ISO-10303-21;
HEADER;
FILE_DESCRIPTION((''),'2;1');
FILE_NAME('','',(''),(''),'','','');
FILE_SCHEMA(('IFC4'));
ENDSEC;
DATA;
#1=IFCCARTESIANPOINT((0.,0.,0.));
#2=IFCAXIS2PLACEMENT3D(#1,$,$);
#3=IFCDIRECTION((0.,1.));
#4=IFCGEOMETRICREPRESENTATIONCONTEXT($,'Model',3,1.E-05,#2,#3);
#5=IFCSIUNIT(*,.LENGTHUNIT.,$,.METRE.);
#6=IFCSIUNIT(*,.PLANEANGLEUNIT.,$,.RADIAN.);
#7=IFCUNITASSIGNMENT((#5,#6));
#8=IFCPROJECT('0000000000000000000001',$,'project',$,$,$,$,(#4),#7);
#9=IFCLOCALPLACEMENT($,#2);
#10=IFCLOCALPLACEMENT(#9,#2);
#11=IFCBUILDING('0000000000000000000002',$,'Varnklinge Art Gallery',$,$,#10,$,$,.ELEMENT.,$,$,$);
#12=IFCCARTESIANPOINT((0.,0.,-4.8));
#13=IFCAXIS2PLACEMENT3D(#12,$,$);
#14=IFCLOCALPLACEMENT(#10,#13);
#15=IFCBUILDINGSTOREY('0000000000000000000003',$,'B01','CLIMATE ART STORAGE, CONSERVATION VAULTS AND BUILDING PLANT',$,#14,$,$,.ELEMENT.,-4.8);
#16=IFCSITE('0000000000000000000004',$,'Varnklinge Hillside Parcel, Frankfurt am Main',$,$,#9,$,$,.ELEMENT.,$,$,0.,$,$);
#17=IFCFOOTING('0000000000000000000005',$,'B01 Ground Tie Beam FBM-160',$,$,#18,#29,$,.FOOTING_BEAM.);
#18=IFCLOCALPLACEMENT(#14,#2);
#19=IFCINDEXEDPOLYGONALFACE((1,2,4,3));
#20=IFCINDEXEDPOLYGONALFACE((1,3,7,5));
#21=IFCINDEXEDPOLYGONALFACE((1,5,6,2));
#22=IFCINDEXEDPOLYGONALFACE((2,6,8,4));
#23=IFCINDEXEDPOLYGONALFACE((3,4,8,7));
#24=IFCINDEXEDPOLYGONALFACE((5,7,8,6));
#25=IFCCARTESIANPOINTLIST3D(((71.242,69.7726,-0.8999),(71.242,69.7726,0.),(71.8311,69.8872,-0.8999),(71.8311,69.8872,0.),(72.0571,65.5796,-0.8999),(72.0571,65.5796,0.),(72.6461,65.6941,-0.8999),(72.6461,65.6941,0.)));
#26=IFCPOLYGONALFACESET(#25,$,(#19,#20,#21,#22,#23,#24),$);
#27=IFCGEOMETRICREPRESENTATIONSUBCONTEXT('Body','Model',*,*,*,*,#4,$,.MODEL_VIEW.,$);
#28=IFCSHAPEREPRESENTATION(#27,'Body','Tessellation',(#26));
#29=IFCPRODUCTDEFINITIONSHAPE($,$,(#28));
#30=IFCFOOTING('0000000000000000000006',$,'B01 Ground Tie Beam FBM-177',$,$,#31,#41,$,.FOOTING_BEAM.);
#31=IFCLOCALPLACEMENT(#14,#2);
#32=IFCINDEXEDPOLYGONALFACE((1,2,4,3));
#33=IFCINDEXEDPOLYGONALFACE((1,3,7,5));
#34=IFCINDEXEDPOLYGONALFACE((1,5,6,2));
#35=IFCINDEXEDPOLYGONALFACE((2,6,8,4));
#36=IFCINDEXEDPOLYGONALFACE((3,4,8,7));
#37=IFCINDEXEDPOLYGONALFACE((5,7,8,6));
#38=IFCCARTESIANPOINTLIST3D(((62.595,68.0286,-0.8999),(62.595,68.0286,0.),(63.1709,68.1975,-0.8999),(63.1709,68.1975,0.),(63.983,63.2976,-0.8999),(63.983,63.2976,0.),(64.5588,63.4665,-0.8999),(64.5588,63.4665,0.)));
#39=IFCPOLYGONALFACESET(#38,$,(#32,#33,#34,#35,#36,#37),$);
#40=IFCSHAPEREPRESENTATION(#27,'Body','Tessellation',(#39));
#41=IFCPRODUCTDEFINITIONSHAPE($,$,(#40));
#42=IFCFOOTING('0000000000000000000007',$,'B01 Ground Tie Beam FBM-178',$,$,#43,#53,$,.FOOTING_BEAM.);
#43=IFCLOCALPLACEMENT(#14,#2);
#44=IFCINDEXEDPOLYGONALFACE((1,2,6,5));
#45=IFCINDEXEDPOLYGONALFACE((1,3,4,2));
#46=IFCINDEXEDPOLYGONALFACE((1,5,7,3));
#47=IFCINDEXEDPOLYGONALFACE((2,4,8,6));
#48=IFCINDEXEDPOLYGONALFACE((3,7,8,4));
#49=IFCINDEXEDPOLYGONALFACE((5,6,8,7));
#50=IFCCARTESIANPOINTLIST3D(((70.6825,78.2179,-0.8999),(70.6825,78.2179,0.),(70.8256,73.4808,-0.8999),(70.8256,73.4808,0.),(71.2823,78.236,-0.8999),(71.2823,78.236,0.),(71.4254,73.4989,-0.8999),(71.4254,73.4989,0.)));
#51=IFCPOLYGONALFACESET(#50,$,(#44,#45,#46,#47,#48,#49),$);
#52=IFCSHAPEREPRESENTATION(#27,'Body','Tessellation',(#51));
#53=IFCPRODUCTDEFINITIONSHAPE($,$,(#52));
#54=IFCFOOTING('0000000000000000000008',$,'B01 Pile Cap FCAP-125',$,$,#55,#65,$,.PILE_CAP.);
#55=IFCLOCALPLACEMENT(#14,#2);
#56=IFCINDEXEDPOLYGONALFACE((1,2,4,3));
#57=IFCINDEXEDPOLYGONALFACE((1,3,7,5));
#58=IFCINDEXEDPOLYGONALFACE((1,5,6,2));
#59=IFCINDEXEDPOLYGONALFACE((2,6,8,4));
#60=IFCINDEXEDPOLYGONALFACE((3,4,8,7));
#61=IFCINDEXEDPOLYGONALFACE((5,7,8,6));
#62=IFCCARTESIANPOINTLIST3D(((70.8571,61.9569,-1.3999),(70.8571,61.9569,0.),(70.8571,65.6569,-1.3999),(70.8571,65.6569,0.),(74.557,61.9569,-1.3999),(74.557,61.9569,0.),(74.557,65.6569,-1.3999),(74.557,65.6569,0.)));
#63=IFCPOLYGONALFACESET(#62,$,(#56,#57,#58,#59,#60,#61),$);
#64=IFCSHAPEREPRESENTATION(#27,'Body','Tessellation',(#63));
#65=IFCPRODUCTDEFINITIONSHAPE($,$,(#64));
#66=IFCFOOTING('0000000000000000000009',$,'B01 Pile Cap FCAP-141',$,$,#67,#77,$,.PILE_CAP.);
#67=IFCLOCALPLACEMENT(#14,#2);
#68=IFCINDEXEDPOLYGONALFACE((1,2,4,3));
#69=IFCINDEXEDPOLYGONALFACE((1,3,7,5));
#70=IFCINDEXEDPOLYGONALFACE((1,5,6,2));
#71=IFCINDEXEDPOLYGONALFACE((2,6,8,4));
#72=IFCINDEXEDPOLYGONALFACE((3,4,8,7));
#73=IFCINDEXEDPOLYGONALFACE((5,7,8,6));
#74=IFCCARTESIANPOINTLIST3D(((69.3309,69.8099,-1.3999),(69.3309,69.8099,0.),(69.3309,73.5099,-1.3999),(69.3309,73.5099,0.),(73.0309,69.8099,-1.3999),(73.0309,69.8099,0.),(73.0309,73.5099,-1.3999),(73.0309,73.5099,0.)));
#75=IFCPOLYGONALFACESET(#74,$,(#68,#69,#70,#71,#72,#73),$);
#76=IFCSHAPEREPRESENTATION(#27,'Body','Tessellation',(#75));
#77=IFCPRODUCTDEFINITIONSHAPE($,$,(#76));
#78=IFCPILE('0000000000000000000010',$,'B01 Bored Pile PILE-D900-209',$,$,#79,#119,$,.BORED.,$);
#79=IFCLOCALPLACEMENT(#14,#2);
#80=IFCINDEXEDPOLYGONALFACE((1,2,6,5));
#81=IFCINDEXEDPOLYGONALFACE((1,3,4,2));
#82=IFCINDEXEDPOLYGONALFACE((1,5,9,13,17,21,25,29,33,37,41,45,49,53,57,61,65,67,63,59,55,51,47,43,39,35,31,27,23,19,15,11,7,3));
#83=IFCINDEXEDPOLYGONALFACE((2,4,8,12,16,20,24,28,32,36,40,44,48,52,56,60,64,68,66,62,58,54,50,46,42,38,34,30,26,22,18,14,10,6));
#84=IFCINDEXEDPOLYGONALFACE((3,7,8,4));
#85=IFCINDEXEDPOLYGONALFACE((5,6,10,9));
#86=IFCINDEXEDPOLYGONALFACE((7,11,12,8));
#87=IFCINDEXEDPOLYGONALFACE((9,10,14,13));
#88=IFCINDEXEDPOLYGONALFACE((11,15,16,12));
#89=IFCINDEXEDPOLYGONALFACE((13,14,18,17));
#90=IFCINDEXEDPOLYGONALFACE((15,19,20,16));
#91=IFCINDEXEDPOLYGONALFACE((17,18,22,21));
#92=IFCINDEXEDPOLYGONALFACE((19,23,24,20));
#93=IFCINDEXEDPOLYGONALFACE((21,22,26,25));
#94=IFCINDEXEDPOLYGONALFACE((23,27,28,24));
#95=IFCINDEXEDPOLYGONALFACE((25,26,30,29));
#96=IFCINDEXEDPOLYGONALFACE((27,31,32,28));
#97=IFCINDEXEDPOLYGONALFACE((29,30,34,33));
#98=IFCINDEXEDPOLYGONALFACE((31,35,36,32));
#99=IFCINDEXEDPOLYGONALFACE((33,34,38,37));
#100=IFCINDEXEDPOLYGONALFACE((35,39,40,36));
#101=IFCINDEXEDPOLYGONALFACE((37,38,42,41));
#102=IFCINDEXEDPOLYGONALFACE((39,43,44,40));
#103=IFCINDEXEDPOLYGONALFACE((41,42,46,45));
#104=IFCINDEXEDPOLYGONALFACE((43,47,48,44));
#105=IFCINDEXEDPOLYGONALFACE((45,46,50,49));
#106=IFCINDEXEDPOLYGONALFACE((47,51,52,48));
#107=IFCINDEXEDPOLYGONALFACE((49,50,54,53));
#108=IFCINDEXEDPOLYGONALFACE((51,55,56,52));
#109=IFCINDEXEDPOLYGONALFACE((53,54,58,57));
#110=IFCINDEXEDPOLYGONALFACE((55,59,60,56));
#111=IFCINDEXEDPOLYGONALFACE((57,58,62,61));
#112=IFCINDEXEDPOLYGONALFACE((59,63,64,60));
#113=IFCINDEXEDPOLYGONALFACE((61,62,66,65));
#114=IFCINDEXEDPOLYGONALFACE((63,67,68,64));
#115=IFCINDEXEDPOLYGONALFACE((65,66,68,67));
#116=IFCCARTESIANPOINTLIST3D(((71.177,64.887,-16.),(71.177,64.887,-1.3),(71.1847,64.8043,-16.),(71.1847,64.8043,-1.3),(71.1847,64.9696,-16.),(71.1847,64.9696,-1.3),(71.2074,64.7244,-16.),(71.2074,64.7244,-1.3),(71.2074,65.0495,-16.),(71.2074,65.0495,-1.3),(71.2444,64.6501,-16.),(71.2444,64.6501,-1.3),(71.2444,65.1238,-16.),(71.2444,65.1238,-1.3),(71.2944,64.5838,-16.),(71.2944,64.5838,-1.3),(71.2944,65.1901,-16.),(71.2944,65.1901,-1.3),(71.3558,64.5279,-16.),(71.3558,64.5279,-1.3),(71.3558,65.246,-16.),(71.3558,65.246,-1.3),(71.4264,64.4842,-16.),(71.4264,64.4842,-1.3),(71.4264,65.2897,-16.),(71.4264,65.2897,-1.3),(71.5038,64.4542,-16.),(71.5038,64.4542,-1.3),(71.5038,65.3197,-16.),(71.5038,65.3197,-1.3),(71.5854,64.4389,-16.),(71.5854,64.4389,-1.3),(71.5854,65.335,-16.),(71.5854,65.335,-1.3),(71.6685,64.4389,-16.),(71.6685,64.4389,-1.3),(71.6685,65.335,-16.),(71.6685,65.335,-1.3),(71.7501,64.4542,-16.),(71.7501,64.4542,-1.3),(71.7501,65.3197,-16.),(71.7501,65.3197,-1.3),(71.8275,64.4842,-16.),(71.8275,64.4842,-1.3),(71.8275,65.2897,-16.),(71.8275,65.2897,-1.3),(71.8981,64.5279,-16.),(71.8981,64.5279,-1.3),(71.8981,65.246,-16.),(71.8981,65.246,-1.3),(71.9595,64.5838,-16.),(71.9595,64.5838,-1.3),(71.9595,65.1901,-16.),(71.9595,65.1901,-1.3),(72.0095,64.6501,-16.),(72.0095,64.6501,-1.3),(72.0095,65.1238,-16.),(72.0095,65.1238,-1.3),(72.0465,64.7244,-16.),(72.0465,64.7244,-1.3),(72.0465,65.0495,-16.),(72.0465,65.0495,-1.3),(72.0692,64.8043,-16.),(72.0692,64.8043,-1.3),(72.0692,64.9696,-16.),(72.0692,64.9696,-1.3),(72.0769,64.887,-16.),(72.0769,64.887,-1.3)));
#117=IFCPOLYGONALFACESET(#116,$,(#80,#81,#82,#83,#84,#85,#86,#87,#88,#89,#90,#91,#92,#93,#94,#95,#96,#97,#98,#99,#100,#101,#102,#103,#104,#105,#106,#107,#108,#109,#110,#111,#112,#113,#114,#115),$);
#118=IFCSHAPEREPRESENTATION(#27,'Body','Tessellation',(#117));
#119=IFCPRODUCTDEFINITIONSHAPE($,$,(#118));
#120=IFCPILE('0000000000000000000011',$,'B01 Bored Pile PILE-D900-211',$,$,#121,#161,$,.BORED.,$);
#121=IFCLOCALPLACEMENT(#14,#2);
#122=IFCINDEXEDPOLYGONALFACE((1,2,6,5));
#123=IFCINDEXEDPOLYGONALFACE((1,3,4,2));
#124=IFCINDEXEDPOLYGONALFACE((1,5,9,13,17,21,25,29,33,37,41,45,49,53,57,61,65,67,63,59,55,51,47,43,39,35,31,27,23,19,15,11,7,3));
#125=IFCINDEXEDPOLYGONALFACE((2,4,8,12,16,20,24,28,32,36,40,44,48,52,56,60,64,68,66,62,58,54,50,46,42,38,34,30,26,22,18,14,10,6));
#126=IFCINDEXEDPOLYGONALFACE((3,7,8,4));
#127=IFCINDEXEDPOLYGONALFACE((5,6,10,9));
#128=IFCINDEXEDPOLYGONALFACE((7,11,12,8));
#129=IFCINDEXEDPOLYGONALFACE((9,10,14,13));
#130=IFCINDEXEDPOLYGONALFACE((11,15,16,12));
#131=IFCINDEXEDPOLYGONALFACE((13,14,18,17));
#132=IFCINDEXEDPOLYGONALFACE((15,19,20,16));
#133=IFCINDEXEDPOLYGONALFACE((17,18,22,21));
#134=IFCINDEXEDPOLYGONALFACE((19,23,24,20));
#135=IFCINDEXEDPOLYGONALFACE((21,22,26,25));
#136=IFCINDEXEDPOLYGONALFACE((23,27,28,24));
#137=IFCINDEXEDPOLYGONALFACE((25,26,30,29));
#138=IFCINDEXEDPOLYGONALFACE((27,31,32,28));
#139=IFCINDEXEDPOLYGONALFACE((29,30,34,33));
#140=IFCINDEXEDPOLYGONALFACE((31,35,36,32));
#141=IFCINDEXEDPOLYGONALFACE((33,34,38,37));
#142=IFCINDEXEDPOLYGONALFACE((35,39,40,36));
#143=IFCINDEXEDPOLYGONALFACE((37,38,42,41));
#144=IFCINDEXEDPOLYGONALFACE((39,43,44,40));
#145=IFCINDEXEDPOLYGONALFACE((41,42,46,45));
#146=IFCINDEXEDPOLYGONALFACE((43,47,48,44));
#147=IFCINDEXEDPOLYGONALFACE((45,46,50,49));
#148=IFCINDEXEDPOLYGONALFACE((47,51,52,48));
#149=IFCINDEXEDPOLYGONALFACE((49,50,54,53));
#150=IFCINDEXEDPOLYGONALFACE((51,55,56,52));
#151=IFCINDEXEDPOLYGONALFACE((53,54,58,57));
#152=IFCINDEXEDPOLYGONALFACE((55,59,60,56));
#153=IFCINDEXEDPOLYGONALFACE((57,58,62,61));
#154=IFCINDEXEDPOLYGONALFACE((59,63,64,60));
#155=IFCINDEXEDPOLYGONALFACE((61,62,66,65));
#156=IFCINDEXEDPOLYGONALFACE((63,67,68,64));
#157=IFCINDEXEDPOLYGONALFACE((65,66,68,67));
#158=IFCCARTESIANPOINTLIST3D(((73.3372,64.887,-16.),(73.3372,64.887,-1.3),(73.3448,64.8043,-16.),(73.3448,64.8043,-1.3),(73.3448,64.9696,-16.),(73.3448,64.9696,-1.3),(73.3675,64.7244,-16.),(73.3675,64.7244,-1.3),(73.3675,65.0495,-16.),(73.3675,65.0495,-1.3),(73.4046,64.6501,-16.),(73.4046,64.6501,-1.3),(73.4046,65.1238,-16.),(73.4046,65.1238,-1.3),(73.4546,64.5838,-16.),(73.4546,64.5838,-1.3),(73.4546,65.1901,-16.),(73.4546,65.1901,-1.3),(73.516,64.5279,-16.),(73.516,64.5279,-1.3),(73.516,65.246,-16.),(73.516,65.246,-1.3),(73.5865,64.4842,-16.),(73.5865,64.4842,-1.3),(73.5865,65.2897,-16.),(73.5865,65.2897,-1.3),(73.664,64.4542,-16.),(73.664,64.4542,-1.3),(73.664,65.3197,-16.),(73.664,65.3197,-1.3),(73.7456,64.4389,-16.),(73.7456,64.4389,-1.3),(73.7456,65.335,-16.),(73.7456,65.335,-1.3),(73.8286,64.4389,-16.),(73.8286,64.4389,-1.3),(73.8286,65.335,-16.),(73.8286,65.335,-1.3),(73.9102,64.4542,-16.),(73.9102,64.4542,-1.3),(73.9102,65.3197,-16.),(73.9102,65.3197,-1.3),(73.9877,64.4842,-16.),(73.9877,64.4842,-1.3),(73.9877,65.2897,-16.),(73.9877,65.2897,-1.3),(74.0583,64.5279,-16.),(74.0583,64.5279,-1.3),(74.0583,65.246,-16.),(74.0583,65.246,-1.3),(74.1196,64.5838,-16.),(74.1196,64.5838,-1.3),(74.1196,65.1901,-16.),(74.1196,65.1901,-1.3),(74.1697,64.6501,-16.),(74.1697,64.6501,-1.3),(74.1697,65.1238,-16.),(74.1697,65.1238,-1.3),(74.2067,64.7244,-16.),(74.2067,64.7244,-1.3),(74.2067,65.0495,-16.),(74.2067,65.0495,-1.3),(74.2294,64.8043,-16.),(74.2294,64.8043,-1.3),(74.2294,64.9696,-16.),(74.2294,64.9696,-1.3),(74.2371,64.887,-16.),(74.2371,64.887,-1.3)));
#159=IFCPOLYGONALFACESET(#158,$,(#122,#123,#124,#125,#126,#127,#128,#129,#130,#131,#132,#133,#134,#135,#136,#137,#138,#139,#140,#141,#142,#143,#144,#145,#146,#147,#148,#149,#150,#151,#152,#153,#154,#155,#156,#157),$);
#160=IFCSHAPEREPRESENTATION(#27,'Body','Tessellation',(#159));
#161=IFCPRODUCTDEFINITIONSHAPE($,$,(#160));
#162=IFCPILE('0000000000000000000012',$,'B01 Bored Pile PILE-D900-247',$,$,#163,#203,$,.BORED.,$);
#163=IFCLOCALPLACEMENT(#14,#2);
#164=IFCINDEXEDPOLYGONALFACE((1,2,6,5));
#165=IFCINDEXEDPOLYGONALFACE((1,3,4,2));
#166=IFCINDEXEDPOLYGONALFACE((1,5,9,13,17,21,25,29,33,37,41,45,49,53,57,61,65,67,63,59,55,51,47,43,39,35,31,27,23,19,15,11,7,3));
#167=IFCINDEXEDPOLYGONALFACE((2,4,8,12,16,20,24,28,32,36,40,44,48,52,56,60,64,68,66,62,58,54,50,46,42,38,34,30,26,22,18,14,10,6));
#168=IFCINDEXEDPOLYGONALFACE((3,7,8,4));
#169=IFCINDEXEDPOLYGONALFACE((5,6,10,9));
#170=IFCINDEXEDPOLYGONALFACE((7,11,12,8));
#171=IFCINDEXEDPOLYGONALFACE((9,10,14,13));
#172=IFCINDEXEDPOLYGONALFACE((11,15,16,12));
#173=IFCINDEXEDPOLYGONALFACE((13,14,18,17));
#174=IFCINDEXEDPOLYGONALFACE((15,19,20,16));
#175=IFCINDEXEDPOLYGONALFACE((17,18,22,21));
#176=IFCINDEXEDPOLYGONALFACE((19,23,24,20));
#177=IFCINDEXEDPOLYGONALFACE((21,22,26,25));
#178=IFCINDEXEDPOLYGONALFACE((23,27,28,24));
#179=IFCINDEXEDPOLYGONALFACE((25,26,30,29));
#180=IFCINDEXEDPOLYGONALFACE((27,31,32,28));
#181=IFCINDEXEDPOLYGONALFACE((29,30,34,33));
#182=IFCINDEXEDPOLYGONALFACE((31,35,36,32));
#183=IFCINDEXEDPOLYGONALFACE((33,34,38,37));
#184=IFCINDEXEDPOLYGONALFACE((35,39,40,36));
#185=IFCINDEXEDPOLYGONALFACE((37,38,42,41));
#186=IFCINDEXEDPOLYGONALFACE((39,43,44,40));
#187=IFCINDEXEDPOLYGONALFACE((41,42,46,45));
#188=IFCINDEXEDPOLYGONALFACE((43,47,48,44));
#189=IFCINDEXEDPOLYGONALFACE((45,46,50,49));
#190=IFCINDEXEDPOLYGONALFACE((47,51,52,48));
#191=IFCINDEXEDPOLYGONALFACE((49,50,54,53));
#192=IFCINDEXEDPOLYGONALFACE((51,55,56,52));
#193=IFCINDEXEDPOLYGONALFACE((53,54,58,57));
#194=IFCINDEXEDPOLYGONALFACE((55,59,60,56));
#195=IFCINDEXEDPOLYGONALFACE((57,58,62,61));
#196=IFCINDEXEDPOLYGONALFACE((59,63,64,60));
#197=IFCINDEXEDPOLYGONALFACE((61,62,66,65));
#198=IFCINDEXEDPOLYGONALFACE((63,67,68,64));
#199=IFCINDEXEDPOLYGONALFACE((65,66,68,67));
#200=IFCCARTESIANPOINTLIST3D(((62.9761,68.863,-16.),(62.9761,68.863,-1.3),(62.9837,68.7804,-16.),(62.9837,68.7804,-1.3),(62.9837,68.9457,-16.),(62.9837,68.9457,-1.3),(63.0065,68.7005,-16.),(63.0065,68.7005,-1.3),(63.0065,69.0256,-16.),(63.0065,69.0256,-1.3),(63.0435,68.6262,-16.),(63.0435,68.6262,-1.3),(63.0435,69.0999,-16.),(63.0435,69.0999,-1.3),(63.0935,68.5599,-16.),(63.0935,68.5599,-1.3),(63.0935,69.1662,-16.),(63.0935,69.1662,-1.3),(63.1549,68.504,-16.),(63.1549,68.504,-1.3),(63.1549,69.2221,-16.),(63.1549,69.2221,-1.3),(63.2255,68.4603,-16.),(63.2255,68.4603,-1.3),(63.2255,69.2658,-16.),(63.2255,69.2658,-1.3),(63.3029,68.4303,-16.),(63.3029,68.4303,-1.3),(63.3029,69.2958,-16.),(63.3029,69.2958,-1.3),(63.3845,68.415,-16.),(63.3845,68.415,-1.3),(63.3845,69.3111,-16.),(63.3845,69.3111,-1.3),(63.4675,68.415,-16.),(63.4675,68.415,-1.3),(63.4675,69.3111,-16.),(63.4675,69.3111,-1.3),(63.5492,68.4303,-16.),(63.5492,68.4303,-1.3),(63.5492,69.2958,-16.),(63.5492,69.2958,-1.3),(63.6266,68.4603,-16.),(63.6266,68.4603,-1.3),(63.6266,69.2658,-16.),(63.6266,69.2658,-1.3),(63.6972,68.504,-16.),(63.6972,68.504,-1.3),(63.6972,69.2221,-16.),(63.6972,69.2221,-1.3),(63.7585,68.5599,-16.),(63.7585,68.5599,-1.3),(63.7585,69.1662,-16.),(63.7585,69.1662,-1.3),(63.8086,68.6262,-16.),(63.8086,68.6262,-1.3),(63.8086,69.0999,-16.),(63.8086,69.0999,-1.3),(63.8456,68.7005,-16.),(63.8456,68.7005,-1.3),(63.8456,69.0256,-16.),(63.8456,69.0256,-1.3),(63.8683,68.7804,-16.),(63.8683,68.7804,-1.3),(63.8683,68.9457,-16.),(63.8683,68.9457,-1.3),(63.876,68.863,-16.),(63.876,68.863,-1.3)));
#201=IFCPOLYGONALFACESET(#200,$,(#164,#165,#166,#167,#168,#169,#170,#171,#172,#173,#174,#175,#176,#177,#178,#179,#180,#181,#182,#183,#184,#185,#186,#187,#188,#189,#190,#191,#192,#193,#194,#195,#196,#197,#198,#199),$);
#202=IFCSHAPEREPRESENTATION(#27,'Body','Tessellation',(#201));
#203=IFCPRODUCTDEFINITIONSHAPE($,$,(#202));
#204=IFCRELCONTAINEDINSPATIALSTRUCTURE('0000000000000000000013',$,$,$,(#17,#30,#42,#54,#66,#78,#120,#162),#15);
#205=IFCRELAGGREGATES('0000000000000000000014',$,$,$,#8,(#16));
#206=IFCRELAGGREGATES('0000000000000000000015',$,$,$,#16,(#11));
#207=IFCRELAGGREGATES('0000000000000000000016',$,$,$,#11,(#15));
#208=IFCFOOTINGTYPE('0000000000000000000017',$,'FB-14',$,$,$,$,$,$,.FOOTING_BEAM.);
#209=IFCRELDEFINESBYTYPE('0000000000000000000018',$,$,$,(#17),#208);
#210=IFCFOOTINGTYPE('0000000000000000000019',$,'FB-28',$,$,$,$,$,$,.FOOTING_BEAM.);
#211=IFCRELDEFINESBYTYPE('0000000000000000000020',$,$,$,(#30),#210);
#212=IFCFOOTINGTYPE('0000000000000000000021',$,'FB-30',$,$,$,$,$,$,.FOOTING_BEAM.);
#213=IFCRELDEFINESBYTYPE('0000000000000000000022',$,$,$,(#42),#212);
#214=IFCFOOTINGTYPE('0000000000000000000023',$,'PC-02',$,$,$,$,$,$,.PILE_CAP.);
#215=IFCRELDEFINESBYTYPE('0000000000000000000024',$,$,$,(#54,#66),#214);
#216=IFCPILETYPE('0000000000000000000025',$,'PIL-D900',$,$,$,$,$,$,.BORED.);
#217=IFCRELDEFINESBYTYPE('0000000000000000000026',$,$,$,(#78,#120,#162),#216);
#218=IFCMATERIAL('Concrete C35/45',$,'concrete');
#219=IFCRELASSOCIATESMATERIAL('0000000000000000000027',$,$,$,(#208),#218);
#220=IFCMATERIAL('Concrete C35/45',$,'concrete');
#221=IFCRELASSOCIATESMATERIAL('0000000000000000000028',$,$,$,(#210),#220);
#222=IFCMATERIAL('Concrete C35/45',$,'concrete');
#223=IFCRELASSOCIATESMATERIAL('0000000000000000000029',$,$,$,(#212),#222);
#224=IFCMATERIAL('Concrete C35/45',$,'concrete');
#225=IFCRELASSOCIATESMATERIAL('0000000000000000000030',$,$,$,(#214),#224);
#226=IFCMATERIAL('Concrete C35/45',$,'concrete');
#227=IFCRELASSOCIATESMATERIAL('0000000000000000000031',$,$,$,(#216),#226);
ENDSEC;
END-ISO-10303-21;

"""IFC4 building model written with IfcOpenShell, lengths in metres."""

from ifc_helpers import new_model, si_unit, direction, frame, origin, origin_2d, place, context, subcontext, project, spatial, rectangle, circle, extrude, material, material_profile, profile_set, type_object, element, save


model = new_model("IFC4")

# Units and contexts
model_context = context("Model", 3, precision=1e-05, world=origin(), true_north=direction((0.0, 1.0)))
body_context = subcontext(model_context, "Body", "Model", "MODEL_VIEW")
ifc_project = project(units=[si_unit("LENGTHUNIT", "METRE"), si_unit("PLANEANGLEUNIT", "RADIAN")], contexts=[model_context])

# Site, building, storey
site_placement = place(None, origin())
site = spatial("IfcSite", under=ifc_project, at=site_placement, Name="Varnklinge Hillside Parcel, Frankfurt am Main", CompositionType="ELEMENT", RefElevation=0.0)
building_placement = place(site_placement, origin())
building = spatial("IfcBuilding", under=site, at=building_placement, Name="Varnklinge Art Gallery", CompositionType="ELEMENT")
storey_placement = place(building_placement, frame((0.0, 0.0, -4.8)))
storey = spatial("IfcBuildingStorey", under=building, at=storey_placement, Name="B01", Description="CLIMATE ART STORAGE, CONSERVATION VAULTS AND BUILDING PLANT", CompositionType="ELEMENT", Elevation=-4.8)

# Footings
ifc_material_1 = material(Name="Concrete C35/45", Category="concrete")
footing_type_1 = type_object("IfcFootingType", Name="FB-14", PredefinedType="FOOTING_BEAM", material=ifc_material_1)
footing_1_placement = place(storey_placement, frame((71.9441, 67.7334, -0.8999), z_axis=(0.0, 0.0, 1.0), x_axis=(-0.190809, 0.981627, 0.0)))
element("IfcFooting", 1, at=footing_1_placement, inside=storey, type_object=footing_type_1, Name="B01 Ground Tie Beam FBM-160", PredefinedType="FOOTING_BEAM", context=body_context, shape_type="SweptSolid", body=[
    extrude(rectangle(XDim=4.2715, YDim=0.6001, at=origin_2d()), origin(), (0.0, 0.0, 1.0), 0.8999),
])
ifc_material_2 = material(Name="Concrete C35/45", Category="concrete")
footing_type_2 = type_object("IfcFootingType", Name="FB-28", PredefinedType="FOOTING_BEAM", material=ifc_material_2)
footing_2_placement = place(storey_placement, frame((63.5769, 65.7476, -0.8999), z_axis=(0.0, 0.0, 1.0), x_axis=(0.281504, -0.95956, 0.0)))
element("IfcFooting", 2, at=footing_2_placement, inside=storey, type_object=footing_type_2, Name="B01 Ground Tie Beam FBM-177", PredefinedType="FOOTING_BEAM", context=body_context, shape_type="SweptSolid", body=[
    extrude(rectangle(XDim=4.9304, YDim=0.6001, at=origin_2d()), origin(), (0.0, 0.0, 1.0), 0.8999),
])
ifc_material_3 = material(Name="Concrete C35/45", Category="concrete")
footing_type_3 = type_object("IfcFootingType", Name="FB-30", PredefinedType="FOOTING_BEAM", material=ifc_material_3)
footing_3_placement = place(storey_placement, frame((71.054, 75.8584, -0.8999), z_axis=(0.0, 0.0, 1.0), x_axis=(-0.03019, 0.999544, 0.0)))
element("IfcFooting", 3, at=footing_3_placement, inside=storey, type_object=footing_type_3, Name="B01 Ground Tie Beam FBM-178", PredefinedType="FOOTING_BEAM", context=body_context, shape_type="SweptSolid", body=[
    extrude(rectangle(XDim=4.7393, YDim=0.6001, at=origin_2d()), origin(), (0.0, 0.0, 1.0), 0.8999),
])
ifc_material_4 = material(Name="Concrete C35/45", Category="concrete")
footing_type_4 = type_object("IfcFootingType", Name="PC-02", PredefinedType="PILE_CAP", material=ifc_material_4)
for number, where, z_axis, x_axis, name in (
    (4, (72.707, 63.8069, -1.3999), (0.0, 0.0, 1.0), (1.0, 0.0, 0.0), "B01 Pile Cap FCAP-125"),
    (5, (71.1809, 71.6599, -1.3999), (0.0, 0.0, 1.0), (1.0, 0.0, 0.0), "B01 Pile Cap FCAP-141"),
):
    element("IfcFooting", number, at=place(storey_placement, frame(where, z_axis=z_axis, x_axis=x_axis)), inside=storey, type_object=footing_type_4, Name=name, PredefinedType="PILE_CAP", context=body_context, shape_type="SweptSolid", body=[
        extrude(rectangle(XDim=3.7, YDim=3.7, at=origin_2d()), origin(), (0.0, 0.0, 1.0), 1.3999),
    ])

# Piles
ifc_material_5 = material(Name="Concrete C35/45", Category="concrete")
ifc_material_profile_1 = material_profile(ifc_material_5, circle(Radius=0.45, at=origin_2d()), Name="PILE D900")
ifc_profile_set_1 = profile_set([ifc_material_profile_1], Name="Concrete C35/45")
pile_type = type_object("IfcPileType", Name="PIL-D900", PredefinedType="BORED", material=ifc_profile_set_1)
for number, where, z_axis, x_axis, name in (
    (6, (71.627, 64.887, -1.3), (0.0, 0.0, -1.0), (1.0, 0.0, 0.0), "B01 Bored Pile PILE-D900-209"),
    (7, (73.7871, 64.887, -1.3), (0.0, 0.0, -1.0), (1.0, 0.0, 0.0), "B01 Bored Pile PILE-D900-211"),
    (8, (63.426, 68.863, -1.3), (0.0, 0.0, -1.0), (1.0, 0.0, 0.0), "B01 Bored Pile PILE-D900-247"),
):
    element("IfcPile", number, at=place(storey_placement, frame(where, z_axis=z_axis, x_axis=x_axis)), inside=storey, type_object=pile_type, Name=name, PredefinedType="BORED", context=body_context, shape_type="SweptSolid", body=[
        extrude(circle(Radius=0.45, at=origin_2d()), origin(), (0.0, 0.0, 1.0), 14.7),
    ])

save(model, "model.ifc")
